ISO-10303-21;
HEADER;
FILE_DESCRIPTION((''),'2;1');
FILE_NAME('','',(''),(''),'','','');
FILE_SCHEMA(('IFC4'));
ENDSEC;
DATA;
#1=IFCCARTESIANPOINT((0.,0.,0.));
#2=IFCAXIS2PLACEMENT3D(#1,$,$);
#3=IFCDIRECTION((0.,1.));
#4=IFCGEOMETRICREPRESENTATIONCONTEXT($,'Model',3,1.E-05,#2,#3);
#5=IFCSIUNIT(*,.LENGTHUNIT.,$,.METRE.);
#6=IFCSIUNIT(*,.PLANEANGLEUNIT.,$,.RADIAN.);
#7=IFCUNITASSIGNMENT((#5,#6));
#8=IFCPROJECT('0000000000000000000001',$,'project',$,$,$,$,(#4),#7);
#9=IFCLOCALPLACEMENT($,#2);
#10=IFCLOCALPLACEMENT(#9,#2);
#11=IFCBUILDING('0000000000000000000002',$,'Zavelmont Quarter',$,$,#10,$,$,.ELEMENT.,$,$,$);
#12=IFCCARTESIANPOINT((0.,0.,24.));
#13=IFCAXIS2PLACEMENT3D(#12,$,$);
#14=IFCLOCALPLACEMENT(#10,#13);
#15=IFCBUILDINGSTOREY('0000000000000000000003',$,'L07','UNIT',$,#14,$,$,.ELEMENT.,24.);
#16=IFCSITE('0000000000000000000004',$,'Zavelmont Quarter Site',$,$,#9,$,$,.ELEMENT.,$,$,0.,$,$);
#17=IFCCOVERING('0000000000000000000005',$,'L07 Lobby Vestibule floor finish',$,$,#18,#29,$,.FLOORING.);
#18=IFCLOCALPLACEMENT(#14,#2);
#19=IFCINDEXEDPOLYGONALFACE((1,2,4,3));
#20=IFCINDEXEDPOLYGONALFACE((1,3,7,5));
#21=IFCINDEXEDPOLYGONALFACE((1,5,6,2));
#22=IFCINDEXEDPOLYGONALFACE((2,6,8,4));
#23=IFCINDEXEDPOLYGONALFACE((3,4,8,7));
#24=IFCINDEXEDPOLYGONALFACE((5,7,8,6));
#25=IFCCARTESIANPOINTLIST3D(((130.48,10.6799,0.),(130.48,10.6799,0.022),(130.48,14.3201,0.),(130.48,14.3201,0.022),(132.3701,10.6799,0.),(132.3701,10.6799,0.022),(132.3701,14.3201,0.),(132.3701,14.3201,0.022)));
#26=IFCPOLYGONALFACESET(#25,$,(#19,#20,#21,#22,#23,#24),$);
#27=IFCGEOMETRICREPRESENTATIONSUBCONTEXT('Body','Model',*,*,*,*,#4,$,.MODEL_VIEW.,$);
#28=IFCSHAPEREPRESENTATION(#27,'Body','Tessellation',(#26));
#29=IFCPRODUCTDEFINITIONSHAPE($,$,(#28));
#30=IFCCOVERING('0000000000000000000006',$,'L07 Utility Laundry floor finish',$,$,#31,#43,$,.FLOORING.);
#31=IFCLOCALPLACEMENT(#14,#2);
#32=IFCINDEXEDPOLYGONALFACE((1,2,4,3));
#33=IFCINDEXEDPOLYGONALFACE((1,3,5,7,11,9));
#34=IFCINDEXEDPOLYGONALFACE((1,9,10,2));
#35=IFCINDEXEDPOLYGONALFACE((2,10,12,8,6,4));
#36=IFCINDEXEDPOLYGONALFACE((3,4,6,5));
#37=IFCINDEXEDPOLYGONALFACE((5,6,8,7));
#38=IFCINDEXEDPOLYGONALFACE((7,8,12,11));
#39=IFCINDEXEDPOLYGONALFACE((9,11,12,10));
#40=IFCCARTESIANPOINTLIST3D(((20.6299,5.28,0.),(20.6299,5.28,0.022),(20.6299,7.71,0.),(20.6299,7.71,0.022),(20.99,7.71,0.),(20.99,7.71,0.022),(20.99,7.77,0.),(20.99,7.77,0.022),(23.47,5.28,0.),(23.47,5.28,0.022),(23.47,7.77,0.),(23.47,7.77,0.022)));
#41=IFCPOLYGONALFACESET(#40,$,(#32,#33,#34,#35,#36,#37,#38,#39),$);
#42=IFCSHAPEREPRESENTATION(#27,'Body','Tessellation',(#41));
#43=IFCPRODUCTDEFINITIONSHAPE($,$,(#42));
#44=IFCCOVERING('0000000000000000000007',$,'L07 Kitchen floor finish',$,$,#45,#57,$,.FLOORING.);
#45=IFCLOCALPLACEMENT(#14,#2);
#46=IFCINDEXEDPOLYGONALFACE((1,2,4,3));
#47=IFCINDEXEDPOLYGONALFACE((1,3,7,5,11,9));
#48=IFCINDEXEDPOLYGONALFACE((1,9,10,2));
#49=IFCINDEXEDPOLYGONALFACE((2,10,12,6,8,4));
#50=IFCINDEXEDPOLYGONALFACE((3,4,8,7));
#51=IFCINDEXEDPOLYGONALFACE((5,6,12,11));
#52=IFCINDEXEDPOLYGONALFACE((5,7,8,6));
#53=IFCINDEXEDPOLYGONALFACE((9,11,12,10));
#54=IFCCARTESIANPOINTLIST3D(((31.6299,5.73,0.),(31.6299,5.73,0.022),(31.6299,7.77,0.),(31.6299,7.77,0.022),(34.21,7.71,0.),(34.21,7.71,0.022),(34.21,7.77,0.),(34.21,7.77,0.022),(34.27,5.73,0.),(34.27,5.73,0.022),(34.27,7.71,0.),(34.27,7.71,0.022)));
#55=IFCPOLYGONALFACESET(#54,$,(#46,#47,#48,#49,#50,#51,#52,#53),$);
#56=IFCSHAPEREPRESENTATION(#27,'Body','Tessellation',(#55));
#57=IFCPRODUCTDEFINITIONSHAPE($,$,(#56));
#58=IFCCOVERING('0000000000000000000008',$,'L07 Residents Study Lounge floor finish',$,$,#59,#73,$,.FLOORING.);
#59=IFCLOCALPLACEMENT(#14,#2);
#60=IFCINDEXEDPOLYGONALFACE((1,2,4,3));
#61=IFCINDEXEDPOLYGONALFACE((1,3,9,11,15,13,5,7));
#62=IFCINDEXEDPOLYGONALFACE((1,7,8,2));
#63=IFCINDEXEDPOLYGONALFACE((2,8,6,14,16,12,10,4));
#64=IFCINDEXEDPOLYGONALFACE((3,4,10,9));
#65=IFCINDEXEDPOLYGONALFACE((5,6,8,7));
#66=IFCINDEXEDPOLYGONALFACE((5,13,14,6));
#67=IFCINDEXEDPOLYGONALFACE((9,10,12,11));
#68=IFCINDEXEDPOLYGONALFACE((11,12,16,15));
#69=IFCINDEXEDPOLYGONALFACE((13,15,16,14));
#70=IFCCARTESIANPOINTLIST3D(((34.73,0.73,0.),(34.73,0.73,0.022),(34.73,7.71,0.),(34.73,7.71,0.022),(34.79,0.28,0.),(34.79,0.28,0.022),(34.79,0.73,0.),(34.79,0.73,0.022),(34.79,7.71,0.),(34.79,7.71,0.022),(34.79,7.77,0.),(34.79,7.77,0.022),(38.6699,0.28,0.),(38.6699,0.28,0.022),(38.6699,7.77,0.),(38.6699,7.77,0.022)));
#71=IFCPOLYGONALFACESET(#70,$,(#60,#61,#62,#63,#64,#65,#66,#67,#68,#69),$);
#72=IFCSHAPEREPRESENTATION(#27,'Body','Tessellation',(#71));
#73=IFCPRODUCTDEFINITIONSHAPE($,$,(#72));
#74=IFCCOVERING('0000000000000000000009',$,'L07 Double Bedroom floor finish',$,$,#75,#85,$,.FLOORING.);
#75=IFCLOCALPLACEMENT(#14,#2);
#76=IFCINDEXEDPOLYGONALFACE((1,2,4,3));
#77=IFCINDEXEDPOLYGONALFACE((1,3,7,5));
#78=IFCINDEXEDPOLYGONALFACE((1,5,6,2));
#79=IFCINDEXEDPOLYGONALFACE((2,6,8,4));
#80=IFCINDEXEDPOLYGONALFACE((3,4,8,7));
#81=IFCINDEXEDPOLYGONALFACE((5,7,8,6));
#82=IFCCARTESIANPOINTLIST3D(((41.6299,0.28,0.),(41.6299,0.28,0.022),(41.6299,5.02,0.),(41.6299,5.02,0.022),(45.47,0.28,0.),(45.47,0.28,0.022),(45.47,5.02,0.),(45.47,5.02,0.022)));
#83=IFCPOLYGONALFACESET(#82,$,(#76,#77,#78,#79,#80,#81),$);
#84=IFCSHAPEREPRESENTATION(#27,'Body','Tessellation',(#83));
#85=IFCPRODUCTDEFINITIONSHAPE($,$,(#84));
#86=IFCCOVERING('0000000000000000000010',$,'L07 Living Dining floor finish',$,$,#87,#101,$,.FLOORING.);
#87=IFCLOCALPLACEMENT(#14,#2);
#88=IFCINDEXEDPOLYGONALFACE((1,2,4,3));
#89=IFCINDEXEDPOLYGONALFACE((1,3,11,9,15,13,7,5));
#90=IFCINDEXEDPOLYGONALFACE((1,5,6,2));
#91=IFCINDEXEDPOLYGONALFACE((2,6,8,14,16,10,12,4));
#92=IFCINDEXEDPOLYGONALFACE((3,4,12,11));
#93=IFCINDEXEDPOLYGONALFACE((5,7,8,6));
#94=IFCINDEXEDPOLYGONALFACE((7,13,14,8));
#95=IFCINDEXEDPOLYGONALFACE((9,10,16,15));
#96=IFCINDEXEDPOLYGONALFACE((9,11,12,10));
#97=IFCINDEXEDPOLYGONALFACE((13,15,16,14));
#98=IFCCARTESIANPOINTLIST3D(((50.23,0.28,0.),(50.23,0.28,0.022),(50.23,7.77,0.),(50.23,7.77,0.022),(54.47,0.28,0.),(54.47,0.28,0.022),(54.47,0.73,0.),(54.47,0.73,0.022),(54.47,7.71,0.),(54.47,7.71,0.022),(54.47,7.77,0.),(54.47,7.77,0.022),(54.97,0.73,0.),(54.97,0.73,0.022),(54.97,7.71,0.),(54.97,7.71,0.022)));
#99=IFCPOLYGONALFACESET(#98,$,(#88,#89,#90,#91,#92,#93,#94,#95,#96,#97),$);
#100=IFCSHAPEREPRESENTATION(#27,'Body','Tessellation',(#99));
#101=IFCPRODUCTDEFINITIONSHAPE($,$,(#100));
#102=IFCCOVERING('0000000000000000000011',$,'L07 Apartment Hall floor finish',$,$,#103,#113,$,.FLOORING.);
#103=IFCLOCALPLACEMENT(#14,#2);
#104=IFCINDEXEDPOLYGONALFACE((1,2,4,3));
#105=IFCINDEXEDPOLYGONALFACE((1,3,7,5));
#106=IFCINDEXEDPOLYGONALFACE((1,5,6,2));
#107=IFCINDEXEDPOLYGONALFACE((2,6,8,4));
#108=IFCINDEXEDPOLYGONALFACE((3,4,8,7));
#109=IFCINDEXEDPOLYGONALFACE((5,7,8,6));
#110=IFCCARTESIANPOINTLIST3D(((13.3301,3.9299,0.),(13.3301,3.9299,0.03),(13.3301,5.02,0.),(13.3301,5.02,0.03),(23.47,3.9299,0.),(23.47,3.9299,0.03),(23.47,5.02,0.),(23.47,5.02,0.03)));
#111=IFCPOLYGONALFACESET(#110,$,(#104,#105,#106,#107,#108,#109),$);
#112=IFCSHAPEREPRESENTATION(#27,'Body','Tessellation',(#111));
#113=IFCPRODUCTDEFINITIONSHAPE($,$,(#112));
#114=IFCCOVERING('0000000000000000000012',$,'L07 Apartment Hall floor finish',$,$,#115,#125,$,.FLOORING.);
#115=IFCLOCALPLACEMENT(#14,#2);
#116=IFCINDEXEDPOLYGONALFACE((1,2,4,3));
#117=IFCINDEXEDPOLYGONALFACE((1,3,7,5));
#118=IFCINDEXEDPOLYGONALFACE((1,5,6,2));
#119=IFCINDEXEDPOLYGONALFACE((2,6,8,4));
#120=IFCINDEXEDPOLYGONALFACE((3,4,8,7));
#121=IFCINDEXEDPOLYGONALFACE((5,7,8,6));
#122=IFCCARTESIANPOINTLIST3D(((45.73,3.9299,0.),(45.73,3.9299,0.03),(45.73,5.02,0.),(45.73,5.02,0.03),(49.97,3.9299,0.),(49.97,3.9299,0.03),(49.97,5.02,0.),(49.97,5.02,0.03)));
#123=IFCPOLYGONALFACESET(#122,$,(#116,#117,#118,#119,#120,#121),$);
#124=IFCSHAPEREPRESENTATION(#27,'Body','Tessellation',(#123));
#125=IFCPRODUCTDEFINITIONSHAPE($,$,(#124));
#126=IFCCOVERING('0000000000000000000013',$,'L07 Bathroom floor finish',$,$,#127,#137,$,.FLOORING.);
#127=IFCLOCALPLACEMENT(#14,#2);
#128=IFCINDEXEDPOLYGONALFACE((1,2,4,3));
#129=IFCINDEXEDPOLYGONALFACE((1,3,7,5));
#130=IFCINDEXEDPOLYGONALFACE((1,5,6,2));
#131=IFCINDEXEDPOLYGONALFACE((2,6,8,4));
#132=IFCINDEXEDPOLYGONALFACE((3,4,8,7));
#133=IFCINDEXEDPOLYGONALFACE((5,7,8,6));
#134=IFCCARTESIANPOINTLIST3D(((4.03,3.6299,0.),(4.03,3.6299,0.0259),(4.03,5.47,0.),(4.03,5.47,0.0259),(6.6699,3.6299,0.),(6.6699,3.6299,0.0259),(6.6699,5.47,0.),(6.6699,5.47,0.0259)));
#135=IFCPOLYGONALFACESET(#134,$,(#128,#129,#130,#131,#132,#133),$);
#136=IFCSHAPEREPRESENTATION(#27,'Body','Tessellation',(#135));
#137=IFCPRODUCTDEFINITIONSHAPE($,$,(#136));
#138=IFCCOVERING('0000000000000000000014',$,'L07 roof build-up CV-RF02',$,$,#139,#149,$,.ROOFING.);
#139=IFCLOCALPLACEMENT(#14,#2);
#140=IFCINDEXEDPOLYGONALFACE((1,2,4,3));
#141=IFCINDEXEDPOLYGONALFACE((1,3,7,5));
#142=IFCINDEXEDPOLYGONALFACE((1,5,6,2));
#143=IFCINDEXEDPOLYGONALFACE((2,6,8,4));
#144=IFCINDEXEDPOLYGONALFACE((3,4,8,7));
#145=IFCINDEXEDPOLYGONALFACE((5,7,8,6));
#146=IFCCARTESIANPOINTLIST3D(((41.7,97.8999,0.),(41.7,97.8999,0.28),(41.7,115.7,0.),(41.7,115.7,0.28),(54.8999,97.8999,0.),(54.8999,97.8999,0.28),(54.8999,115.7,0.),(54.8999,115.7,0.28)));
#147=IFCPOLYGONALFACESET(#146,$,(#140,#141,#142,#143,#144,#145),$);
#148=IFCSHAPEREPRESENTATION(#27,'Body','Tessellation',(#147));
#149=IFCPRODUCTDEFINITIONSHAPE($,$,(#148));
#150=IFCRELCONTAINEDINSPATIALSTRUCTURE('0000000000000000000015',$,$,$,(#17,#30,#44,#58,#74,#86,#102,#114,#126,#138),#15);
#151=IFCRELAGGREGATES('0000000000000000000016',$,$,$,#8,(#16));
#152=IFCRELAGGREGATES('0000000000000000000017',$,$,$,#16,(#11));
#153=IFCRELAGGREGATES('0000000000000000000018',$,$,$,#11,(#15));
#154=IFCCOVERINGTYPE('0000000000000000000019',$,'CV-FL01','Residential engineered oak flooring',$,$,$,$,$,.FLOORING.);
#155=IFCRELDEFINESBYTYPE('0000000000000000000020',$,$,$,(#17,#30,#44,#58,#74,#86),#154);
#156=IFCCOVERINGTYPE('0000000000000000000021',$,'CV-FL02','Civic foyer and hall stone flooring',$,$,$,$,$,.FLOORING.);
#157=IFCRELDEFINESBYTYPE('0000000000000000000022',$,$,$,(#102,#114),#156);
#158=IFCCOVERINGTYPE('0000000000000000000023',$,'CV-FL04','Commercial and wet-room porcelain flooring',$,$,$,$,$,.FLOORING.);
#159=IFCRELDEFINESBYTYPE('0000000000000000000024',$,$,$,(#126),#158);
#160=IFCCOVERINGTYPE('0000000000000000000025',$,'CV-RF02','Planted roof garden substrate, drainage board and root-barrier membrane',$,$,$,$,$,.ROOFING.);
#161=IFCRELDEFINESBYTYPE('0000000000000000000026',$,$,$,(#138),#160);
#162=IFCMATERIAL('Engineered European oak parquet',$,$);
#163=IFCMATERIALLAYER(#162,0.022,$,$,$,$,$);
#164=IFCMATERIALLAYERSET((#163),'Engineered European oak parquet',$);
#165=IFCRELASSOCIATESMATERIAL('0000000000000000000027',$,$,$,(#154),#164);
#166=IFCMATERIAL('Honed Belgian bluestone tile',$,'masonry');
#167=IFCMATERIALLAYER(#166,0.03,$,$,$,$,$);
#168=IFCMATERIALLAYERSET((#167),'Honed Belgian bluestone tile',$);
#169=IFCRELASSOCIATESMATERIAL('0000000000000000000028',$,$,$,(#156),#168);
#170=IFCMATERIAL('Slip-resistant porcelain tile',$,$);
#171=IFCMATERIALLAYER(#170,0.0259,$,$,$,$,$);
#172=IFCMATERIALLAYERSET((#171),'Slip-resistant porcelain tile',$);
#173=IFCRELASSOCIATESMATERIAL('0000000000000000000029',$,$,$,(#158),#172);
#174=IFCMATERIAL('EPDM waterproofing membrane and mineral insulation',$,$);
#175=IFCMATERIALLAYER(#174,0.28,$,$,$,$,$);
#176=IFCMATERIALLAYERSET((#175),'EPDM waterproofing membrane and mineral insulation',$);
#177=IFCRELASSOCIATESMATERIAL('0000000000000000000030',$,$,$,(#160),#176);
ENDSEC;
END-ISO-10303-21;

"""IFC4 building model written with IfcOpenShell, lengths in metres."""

from ifc_helpers import new_model, si_unit, direction, frame, origin, place, context, subcontext, project, spatial, polyline, outline, extrude, material, layer, layer_set, type_object, element, save


model = new_model("IFC4")

# Units and contexts
model_context = context("Model", 3, precision=1e-05, world=origin(), true_north=direction((0.0, 1.0)))
body_context = subcontext(model_context, "Body", "Model", "MODEL_VIEW")
ifc_project = project(units=[si_unit("LENGTHUNIT", "METRE"), si_unit("PLANEANGLEUNIT", "RADIAN")], contexts=[model_context])

# Site, building, storey
site_placement = place(None, origin())
site = spatial("IfcSite", under=ifc_project, at=site_placement, Name="Zavelmont Quarter Site", CompositionType="ELEMENT", RefElevation=0.0)
building_placement = place(site_placement, origin())
building = spatial("IfcBuilding", under=site, at=building_placement, Name="Zavelmont Quarter", CompositionType="ELEMENT")
storey_placement = place(building_placement, frame((0.0, 0.0, 24.0)))
storey = spatial("IfcBuildingStorey", under=building, at=storey_placement, Name="L07", Description="UNIT", CompositionType="ELEMENT", Elevation=24.0)

# Coverings
ifc_material_1 = material(Name="Engineered European oak parquet")
ifc_layer_1 = layer(ifc_material_1, 0.022)
ifc_layer_set_1 = layer_set([ifc_layer_1], Name="Engineered European oak parquet")
covering_type_1 = type_object("IfcCoveringType", Name="CV-FL01", Description="Residential engineered oak flooring", PredefinedType="FLOORING", material=ifc_layer_set_1)
covering_1_placement = place(storey_placement, origin())
element("IfcCovering", 1, at=covering_1_placement, inside=storey, type_object=covering_type_1, Name="L07 Lobby Vestibule floor finish", PredefinedType="FLOORING", context=body_context, shape_type="SweptSolid", body=[
    extrude(outline(polyline([(130.48, 14.3201), (132.3701, 14.3201), (132.3701, 10.6799), (130.48, 10.6799), (130.48, 14.3201)])), origin(), (0.0, 0.0, 1.0), 0.022),
])
covering_2_placement = place(storey_placement, origin())
element("IfcCovering", 2, at=covering_2_placement, inside=storey, type_object=covering_type_1, Name="L07 Utility Laundry floor finish", PredefinedType="FLOORING", context=body_context, shape_type="SweptSolid", body=[
    extrude(outline(polyline([(20.6299, 7.71), (20.99, 7.71), (20.99, 7.77), (23.47, 7.77), (23.47, 5.28), (20.6299, 5.28), (20.6299, 7.71)])), origin(), (0.0, 0.0, 1.0), 0.022),
])
covering_3_placement = place(storey_placement, origin())
element("IfcCovering", 3, at=covering_3_placement, inside=storey, type_object=covering_type_1, Name="L07 Kitchen floor finish", PredefinedType="FLOORING", context=body_context, shape_type="SweptSolid", body=[
    extrude(outline(polyline([(31.6299, 7.77), (34.21, 7.77), (34.21, 7.71), (34.27, 7.71), (34.27, 5.73), (31.6299, 5.73), (31.6299, 7.77)])), origin(), (0.0, 0.0, 1.0), 0.022),
])
covering_4_placement = place(storey_placement, origin())
element("IfcCovering", 4, at=covering_4_placement, inside=storey, type_object=covering_type_1, Name="L07 Residents Study Lounge floor finish", PredefinedType="FLOORING", context=body_context, shape_type="SweptSolid", body=[
    extrude(outline(polyline([(34.73, 7.71), (34.79, 7.71), (34.79, 7.77), (38.6699, 7.77), (38.6699, 0.28), (34.79, 0.28), (34.79, 0.73), (34.73, 0.73), (34.73, 7.71)])), origin(), (0.0, 0.0, 1.0), 0.022),
])
covering_5_placement = place(storey_placement, origin())
element("IfcCovering", 5, at=covering_5_placement, inside=storey, type_object=covering_type_1, Name="L07 Double Bedroom floor finish", PredefinedType="FLOORING", context=body_context, shape_type="SweptSolid", body=[
    extrude(outline(polyline([(41.6299, 5.02), (45.47, 5.02), (45.47, 0.28), (41.6299, 0.28), (41.6299, 5.02)])), origin(), (0.0, 0.0, 1.0), 0.022),
])
covering_6_placement = place(storey_placement, origin())
element("IfcCovering", 6, at=covering_6_placement, inside=storey, type_object=covering_type_1, Name="L07 Living Dining floor finish", PredefinedType="FLOORING", context=body_context, shape_type="SweptSolid", body=[
    extrude(outline(polyline([(50.23, 7.77), (54.47, 7.77), (54.47, 7.71), (54.97, 7.71), (54.97, 0.73), (54.47, 0.73), (54.47, 0.28), (50.23, 0.28), (50.23, 7.77)])), origin(), (0.0, 0.0, 1.0), 0.022),
])
ifc_material_2 = material(Name="Honed Belgian bluestone tile", Category="masonry")
ifc_layer_2 = layer(ifc_material_2, 0.03)
ifc_layer_set_2 = layer_set([ifc_layer_2], Name="Honed Belgian bluestone tile")
covering_type_2 = type_object("IfcCoveringType", Name="CV-FL02", Description="Civic foyer and hall stone flooring", PredefinedType="FLOORING", material=ifc_layer_set_2)
covering_7_placement = place(storey_placement, origin())
element("IfcCovering", 7, at=covering_7_placement, inside=storey, type_object=covering_type_2, Name="L07 Apartment Hall floor finish", PredefinedType="FLOORING", context=body_context, shape_type="SweptSolid", body=[
    extrude(outline(polyline([(13.3301, 5.02), (23.47, 5.02), (23.47, 3.9299), (13.3301, 3.9299), (13.3301, 5.02)])), origin(), (0.0, 0.0, 1.0), 0.03),
])
covering_8_placement = place(storey_placement, origin())
element("IfcCovering", 8, at=covering_8_placement, inside=storey, type_object=covering_type_2, Name="L07 Apartment Hall floor finish", PredefinedType="FLOORING", context=body_context, shape_type="SweptSolid", body=[
    extrude(outline(polyline([(45.73, 5.02), (49.97, 5.02), (49.97, 3.9299), (45.73, 3.9299), (45.73, 5.02)])), origin(), (0.0, 0.0, 1.0), 0.03),
])
ifc_material_3 = material(Name="Slip-resistant porcelain tile")
ifc_layer_3 = layer(ifc_material_3, 0.0259)
ifc_layer_set_3 = layer_set([ifc_layer_3], Name="Slip-resistant porcelain tile")
covering_type_3 = type_object("IfcCoveringType", Name="CV-FL04", Description="Commercial and wet-room porcelain flooring", PredefinedType="FLOORING", material=ifc_layer_set_3)
covering_9_placement = place(storey_placement, origin())
element("IfcCovering", 9, at=covering_9_placement, inside=storey, type_object=covering_type_3, Name="L07 Bathroom floor finish", PredefinedType="FLOORING", context=body_context, shape_type="SweptSolid", body=[
    extrude(outline(polyline([(4.03, 5.47), (6.6699, 5.47), (6.6699, 3.6299), (4.03, 3.6299), (4.03, 5.47)])), origin(), (0.0, 0.0, 1.0), 0.0259),
])
ifc_material_4 = material(Name="EPDM waterproofing membrane and mineral insulation")
ifc_layer_4 = layer(ifc_material_4, 0.28)
ifc_layer_set_4 = layer_set([ifc_layer_4], Name="EPDM waterproofing membrane and mineral insulation")
covering_type_4 = type_object("IfcCoveringType", Name="CV-RF02", Description="Planted roof garden substrate, drainage board and root-barrier membrane", PredefinedType="ROOFING", material=ifc_layer_set_4)
covering_10_placement = place(storey_placement, origin())
element("IfcCovering", 10, at=covering_10_placement, inside=storey, type_object=covering_type_4, Name="L07 roof build-up CV-RF02", PredefinedType="ROOFING", context=body_context, shape_type="SweptSolid", body=[
    extrude(outline(polyline([(41.7, 97.8999), (54.8999, 97.8999), (54.8999, 115.7), (41.7, 115.7), (41.7, 97.8999)])), origin(), (0.0, 0.0, 1.0), 0.28),
])

save(model, "model.ifc")
